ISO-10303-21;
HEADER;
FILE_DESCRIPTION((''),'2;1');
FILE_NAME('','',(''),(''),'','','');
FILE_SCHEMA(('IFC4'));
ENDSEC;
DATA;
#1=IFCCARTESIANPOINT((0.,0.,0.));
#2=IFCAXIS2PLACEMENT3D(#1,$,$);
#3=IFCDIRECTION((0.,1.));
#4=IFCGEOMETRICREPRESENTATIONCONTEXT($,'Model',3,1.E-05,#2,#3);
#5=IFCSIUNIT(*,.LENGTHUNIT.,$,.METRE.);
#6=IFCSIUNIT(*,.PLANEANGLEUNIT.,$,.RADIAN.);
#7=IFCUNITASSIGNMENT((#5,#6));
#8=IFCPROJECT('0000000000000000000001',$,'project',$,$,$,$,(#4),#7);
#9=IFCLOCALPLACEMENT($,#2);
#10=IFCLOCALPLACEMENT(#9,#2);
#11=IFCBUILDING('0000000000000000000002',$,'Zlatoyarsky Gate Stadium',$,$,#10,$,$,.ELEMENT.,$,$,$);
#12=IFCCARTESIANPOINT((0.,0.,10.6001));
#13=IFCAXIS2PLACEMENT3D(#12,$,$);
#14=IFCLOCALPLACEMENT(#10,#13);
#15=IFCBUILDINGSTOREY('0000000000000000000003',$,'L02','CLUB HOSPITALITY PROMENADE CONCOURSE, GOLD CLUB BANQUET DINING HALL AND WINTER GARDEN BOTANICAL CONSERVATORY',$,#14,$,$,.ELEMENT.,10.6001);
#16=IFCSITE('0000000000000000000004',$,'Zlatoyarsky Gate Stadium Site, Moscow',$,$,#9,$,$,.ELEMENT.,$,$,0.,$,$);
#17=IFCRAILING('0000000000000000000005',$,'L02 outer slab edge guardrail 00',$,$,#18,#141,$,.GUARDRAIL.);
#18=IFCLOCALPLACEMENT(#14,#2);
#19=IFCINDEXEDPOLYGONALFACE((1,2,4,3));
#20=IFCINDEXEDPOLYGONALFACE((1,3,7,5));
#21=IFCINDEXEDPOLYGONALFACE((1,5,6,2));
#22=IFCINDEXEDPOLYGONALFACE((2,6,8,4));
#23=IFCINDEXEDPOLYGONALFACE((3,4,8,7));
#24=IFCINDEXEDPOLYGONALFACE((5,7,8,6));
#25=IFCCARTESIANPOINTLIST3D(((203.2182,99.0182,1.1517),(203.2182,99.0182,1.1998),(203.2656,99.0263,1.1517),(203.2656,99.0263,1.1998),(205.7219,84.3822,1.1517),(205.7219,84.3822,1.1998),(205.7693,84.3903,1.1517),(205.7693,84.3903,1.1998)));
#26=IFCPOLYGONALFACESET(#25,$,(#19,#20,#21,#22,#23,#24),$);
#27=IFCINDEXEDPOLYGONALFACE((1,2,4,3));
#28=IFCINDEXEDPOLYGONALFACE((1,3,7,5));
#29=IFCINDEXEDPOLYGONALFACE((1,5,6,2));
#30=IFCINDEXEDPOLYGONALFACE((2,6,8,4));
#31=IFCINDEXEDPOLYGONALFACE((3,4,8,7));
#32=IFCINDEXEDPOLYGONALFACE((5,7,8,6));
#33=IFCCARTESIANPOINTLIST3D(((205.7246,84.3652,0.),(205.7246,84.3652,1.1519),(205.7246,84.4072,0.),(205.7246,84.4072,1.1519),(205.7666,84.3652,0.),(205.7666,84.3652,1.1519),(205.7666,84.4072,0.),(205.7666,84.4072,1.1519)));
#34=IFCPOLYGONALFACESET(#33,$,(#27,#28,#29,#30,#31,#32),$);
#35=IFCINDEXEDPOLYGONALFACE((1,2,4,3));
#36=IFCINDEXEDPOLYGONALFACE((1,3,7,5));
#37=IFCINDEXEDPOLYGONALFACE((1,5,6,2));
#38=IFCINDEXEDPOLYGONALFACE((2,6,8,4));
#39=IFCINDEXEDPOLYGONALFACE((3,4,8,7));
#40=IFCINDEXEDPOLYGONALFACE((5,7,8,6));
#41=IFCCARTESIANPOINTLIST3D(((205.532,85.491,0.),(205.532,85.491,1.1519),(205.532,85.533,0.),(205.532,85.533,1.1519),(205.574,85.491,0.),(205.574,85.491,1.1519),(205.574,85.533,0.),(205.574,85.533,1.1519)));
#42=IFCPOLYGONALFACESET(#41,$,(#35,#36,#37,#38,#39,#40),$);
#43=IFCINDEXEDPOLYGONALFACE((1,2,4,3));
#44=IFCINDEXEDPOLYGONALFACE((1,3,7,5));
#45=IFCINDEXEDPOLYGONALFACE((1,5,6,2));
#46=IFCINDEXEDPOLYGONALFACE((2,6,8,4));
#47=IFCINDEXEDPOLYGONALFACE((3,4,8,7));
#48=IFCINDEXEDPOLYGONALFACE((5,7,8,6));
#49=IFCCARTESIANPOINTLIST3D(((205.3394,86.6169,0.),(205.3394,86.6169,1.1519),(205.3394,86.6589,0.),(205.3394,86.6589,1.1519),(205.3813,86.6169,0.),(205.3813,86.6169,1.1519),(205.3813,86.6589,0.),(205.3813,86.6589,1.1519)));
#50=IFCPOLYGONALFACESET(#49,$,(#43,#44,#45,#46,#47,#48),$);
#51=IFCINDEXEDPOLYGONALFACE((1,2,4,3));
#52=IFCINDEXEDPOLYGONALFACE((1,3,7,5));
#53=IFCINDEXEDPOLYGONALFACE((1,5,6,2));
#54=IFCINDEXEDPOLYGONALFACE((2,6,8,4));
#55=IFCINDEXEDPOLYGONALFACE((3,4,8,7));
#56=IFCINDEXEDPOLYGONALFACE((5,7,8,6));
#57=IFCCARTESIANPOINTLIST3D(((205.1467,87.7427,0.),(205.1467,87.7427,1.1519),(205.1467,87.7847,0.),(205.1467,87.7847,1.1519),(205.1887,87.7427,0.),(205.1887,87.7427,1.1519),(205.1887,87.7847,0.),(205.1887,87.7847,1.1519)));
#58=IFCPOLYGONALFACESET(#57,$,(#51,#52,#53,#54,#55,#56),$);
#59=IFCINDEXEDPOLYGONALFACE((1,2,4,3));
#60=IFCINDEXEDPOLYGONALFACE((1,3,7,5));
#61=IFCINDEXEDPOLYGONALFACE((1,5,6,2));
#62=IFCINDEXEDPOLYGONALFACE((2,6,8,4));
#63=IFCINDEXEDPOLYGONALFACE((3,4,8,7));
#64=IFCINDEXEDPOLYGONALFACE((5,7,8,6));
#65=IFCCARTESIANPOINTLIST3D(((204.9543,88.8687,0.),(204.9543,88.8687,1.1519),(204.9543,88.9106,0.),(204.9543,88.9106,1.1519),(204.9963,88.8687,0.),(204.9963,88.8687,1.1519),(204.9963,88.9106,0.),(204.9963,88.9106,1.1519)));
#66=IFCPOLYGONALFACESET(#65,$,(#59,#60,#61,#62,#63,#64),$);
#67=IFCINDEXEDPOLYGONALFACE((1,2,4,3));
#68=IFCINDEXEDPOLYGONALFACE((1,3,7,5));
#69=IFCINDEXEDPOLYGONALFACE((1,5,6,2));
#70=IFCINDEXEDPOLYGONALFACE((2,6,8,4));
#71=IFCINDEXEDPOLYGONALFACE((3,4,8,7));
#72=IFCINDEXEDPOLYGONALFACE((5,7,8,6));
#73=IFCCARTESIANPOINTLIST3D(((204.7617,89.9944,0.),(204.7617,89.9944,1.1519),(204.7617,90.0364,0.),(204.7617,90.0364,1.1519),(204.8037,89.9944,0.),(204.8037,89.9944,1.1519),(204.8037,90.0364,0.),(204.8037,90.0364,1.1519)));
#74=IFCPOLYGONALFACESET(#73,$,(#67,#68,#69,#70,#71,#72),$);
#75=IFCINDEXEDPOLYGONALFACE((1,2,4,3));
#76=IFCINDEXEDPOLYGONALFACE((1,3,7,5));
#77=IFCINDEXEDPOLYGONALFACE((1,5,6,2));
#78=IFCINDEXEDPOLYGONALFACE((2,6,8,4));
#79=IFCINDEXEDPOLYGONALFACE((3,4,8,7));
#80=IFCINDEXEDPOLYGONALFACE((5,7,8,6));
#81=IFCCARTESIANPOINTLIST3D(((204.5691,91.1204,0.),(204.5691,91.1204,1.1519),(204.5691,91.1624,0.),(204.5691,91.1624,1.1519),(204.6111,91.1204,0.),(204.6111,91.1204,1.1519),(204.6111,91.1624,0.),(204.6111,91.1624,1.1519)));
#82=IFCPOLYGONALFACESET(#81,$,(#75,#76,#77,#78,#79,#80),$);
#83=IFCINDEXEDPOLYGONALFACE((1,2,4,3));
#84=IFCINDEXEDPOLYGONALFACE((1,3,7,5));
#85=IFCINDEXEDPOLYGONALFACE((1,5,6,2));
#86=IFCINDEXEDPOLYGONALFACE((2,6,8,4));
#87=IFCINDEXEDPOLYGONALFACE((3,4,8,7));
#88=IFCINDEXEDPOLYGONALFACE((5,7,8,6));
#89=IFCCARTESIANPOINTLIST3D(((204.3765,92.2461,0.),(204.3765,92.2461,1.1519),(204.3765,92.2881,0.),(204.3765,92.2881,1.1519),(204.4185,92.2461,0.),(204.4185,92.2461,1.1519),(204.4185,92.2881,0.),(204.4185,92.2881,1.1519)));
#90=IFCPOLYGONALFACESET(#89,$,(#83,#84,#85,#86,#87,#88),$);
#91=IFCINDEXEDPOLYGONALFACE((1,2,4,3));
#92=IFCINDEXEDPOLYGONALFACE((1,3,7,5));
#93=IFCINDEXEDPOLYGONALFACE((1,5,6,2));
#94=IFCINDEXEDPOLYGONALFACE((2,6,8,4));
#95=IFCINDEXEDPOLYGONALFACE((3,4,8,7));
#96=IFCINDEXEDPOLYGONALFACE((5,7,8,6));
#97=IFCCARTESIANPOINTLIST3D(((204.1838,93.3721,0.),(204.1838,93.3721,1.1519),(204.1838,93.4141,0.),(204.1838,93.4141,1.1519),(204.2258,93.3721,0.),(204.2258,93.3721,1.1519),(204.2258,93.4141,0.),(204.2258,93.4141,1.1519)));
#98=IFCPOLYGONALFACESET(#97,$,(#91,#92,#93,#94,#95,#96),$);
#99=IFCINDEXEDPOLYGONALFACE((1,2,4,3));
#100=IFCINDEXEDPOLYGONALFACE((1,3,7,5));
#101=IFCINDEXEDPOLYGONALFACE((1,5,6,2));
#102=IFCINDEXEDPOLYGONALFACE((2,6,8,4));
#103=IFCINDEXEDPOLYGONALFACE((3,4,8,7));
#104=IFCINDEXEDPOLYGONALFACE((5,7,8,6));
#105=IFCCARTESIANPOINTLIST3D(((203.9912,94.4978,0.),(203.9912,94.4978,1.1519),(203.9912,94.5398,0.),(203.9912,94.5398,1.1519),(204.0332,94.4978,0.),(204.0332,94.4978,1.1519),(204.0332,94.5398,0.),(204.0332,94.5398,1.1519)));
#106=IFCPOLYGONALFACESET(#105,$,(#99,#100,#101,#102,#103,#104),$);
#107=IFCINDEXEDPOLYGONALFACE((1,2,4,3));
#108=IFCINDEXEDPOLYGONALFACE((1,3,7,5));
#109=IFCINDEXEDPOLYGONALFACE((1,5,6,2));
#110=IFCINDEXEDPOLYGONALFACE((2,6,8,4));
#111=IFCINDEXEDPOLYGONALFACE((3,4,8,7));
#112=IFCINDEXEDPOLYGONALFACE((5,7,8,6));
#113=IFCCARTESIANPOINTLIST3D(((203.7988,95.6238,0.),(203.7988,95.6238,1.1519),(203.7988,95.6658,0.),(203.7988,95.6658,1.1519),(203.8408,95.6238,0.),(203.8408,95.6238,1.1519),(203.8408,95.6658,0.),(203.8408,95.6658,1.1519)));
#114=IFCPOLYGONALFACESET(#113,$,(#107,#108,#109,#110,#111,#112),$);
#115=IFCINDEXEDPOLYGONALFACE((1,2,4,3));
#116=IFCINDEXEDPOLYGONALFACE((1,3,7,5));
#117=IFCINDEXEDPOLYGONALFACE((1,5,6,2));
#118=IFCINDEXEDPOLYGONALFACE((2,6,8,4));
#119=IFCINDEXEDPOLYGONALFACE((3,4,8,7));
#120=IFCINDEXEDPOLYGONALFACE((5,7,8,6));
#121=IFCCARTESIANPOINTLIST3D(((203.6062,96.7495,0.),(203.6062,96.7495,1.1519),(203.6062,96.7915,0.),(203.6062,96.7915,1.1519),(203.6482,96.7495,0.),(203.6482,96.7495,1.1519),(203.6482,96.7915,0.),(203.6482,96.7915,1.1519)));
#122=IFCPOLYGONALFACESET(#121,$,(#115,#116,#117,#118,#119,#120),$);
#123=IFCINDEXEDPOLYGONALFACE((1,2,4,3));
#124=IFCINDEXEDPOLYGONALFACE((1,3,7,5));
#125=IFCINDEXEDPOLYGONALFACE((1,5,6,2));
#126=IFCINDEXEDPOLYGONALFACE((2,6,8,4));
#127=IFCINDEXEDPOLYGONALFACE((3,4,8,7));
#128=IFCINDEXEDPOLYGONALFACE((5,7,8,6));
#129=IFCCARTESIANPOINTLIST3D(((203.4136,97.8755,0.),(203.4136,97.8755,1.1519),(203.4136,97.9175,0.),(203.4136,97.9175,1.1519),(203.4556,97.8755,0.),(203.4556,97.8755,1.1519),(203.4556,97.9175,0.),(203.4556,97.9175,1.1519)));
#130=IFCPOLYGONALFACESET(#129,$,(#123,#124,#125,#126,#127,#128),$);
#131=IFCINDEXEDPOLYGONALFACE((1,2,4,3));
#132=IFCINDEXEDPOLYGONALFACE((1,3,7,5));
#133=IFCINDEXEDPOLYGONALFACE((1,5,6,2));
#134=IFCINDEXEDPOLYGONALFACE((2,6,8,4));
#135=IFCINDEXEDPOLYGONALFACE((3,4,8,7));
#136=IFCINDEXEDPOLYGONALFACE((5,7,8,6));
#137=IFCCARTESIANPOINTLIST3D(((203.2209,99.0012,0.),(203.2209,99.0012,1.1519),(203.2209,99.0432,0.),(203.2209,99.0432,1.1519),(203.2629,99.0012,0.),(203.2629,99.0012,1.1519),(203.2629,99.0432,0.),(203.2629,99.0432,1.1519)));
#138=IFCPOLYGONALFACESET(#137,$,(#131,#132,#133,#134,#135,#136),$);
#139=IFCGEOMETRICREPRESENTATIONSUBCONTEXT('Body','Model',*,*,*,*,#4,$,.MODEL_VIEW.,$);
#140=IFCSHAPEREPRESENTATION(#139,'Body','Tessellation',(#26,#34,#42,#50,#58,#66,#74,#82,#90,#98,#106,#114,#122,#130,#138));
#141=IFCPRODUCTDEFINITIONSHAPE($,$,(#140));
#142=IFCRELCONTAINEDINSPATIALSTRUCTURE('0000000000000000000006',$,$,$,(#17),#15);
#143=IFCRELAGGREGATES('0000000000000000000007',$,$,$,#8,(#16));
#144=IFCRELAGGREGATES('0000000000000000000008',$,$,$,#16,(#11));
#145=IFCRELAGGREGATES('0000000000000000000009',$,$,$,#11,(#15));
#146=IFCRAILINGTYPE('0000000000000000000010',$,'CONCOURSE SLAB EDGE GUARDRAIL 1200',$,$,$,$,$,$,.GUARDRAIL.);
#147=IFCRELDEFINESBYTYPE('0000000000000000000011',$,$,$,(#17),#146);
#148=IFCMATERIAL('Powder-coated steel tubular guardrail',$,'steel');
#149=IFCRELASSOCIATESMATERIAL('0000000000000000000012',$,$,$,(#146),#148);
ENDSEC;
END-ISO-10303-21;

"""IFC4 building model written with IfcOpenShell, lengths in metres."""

from ifc_helpers import new_model, si_unit, direction, frame, origin, origin_2d, place, context, subcontext, project, spatial, rectangle, extrude, material, type_object, element, save


model = new_model("IFC4")

# Units and contexts
model_context = context("Model", 3, precision=1e-05, world=origin(), true_north=direction((0.0, 1.0)))
body_context = subcontext(model_context, "Body", "Model", "MODEL_VIEW")
ifc_project = project(units=[si_unit("LENGTHUNIT", "METRE"), si_unit("PLANEANGLEUNIT", "RADIAN")], contexts=[model_context])

# Site, building, storey
site_placement = place(None, origin())
site = spatial("IfcSite", under=ifc_project, at=site_placement, Name="Zlatoyarsky Gate Stadium Site, Moscow", CompositionType="ELEMENT", RefElevation=0.0)
building_placement = place(site_placement, origin())
building = spatial("IfcBuilding", under=site, at=building_placement, Name="Zlatoyarsky Gate Stadium", CompositionType="ELEMENT")
storey_placement = place(building_placement, frame((0.0, 0.0, 10.6001)))
storey = spatial("IfcBuildingStorey", under=building, at=storey_placement, Name="L02", Description="CLUB HOSPITALITY PROMENADE CONCOURSE, GOLD CLUB BANQUET DINING HALL AND WINTER GARDEN BOTANICAL CONSERVATORY", CompositionType="ELEMENT", Elevation=10.6001)

# Railing
ifc_material_1 = material(Name="Powder-coated steel tubular guardrail", Category="steel")
railing_type = type_object("IfcRailingType", Name="CONCOURSE SLAB EDGE GUARDRAIL 1200", PredefinedType="GUARDRAIL", material=ifc_material_1)
railing_placement = place(storey_placement, frame((205.7456, 84.3862, 0.0)))
element("IfcRailing", 1, at=railing_placement, inside=storey, type_object=railing_type, Name="L02 outer slab edge guardrail 00", PredefinedType="GUARDRAIL", context=body_context, shape_type="SweptSolid", body=[
    extrude(rectangle(XDim=0.0481, YDim=0.0481, at=origin_2d()), frame((0.0, 0.0, 1.1758), z_axis=(-0.168613, 0.985682, 0.0), x_axis=(-0.985682, -0.168613, 0.0)), (0.0, 0.0, 1.0), 14.8486),
    extrude(rectangle(XDim=0.042, YDim=0.042, at=origin_2d()), origin(), (0.0, 0.0, 1.0), 1.1519),
    extrude(rectangle(XDim=0.042, YDim=0.042, at=origin_2d()), frame((-0.1926, 1.1257, 0.0)), (0.0, 0.0, 1.0), 1.1519),
    extrude(rectangle(XDim=0.042, YDim=0.042, at=origin_2d()), frame((-0.3853, 2.2517, 0.0)), (0.0, 0.0, 1.0), 1.1519),
    extrude(rectangle(XDim=0.042, YDim=0.042, at=origin_2d()), frame((-0.5779, 3.3774, 0.0)), (0.0, 0.0, 1.0), 1.1519),
    extrude(rectangle(XDim=0.042, YDim=0.042, at=origin_2d()), frame((-0.7703, 4.5034, 0.0)), (0.0, 0.0, 1.0), 1.1519),
    extrude(rectangle(XDim=0.042, YDim=0.042, at=origin_2d()), frame((-0.9629, 5.6292, 0.0)), (0.0, 0.0, 1.0), 1.1519),
    extrude(rectangle(XDim=0.042, YDim=0.042, at=origin_2d()), frame((-1.1555, 6.7551, 0.0)), (0.0, 0.0, 1.0), 1.1519),
    extrude(rectangle(XDim=0.042, YDim=0.042, at=origin_2d()), frame((-1.3481, 7.8809, 0.0)), (0.0, 0.0, 1.0), 1.1519),
    extrude(rectangle(XDim=0.042, YDim=0.042, at=origin_2d()), frame((-1.5408, 9.0068, 0.0)), (0.0, 0.0, 1.0), 1.1519),
    extrude(rectangle(XDim=0.042, YDim=0.042, at=origin_2d()), frame((-1.7334, 10.1326, 0.0)), (0.0, 0.0, 1.0), 1.1519),
    extrude(rectangle(XDim=0.042, YDim=0.042, at=origin_2d()), frame((-1.9258, 11.2585, 0.0)), (0.0, 0.0, 1.0), 1.1519),
    extrude(rectangle(XDim=0.042, YDim=0.042, at=origin_2d()), frame((-2.1184, 12.3843, 0.0)), (0.0, 0.0, 1.0), 1.1519),
    extrude(rectangle(XDim=0.042, YDim=0.042, at=origin_2d()), frame((-2.311, 13.5103, 0.0)), (0.0, 0.0, 1.0), 1.1519),
    extrude(rectangle(XDim=0.042, YDim=0.042, at=origin_2d()), frame((-2.5037, 14.636, 0.0)), (0.0, 0.0, 1.0), 1.1519),
])

save(model, "model.ifc")
